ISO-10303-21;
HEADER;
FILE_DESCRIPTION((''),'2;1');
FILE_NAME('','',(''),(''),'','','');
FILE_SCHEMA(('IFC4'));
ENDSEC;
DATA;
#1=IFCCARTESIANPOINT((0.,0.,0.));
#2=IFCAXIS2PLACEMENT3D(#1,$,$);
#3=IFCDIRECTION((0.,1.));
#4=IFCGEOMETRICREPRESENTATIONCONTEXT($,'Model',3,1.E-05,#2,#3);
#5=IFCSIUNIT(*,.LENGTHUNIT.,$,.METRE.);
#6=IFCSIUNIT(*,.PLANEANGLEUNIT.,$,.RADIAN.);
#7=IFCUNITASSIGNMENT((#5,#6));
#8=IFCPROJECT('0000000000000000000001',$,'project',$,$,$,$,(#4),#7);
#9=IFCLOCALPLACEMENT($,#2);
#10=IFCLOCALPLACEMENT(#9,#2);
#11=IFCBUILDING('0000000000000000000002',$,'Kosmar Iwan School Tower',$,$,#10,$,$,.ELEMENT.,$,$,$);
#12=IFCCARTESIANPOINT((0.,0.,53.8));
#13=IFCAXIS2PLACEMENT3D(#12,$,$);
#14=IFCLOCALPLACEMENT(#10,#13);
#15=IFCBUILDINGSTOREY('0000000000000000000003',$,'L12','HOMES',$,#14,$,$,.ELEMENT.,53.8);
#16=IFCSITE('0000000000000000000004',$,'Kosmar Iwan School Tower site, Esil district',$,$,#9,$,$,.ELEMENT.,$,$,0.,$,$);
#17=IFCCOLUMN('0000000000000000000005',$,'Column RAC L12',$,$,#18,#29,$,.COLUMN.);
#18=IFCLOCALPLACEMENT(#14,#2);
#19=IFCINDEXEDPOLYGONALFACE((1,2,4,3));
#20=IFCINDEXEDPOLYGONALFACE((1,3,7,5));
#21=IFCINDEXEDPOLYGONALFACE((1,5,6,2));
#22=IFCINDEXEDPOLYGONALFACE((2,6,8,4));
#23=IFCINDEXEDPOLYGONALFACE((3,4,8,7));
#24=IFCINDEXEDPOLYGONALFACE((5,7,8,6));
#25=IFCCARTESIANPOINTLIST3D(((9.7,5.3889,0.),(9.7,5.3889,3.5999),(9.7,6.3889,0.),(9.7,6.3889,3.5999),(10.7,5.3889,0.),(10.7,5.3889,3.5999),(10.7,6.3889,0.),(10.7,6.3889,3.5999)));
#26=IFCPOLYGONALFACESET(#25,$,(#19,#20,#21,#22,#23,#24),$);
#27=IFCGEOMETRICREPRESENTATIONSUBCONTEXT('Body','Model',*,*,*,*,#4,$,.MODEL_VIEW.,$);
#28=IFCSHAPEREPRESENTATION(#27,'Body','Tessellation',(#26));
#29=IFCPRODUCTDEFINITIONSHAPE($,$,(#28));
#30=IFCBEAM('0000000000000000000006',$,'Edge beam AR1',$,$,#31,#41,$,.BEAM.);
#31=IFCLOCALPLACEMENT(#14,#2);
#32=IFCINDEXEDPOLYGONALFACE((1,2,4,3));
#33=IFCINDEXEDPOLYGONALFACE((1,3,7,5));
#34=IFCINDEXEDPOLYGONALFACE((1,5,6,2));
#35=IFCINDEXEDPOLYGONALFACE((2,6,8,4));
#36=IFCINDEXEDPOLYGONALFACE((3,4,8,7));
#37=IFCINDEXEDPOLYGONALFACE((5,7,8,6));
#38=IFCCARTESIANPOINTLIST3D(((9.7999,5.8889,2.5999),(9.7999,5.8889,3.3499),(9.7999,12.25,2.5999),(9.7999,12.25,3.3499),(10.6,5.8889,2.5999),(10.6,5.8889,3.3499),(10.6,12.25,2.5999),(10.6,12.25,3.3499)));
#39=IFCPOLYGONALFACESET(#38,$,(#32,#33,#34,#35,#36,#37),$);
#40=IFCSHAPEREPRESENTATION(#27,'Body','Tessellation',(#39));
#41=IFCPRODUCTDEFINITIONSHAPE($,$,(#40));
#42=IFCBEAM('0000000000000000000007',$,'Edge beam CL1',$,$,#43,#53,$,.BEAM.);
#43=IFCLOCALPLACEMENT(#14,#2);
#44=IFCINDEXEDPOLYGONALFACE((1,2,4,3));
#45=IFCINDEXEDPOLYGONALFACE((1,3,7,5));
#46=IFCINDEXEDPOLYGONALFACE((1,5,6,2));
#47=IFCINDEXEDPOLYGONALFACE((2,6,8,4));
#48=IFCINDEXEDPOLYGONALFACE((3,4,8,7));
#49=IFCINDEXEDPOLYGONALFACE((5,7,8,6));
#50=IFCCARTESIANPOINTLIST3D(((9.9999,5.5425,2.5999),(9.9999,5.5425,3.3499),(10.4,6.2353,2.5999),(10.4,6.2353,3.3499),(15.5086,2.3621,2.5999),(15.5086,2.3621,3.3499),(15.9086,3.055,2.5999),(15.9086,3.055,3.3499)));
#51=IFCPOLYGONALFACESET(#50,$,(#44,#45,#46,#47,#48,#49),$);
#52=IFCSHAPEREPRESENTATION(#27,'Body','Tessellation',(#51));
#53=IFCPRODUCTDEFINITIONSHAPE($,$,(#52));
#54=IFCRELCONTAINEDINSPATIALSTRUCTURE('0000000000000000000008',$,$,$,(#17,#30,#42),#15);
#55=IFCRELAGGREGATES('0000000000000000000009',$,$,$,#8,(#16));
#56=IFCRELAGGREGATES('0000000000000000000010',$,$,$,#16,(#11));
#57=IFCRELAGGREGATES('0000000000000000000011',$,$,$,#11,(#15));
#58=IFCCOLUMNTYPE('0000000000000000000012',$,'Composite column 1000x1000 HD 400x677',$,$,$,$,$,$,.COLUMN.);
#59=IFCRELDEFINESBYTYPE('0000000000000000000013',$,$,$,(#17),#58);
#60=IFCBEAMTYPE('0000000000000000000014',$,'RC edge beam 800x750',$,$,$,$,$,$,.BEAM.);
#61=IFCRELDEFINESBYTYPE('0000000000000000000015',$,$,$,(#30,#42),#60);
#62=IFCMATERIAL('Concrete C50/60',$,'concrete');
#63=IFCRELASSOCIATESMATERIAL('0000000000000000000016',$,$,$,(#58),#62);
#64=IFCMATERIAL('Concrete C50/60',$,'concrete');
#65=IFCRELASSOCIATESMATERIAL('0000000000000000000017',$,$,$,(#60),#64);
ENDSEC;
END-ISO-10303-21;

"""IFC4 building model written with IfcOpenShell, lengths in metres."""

from ifc_helpers import new_model, si_unit, direction, frame, origin, origin_2d, place, context, subcontext, project, spatial, rectangle, extrude, material, material_profile, profile_set, type_object, element, save


model = new_model("IFC4")

# Units and contexts
model_context = context("Model", 3, precision=1e-05, world=origin(), true_north=direction((0.0, 1.0)))
body_context = subcontext(model_context, "Body", "Model", "MODEL_VIEW")
ifc_project = project(units=[si_unit("LENGTHUNIT", "METRE"), si_unit("PLANEANGLEUNIT", "RADIAN")], contexts=[model_context])

# Site, building, storey
site_placement = place(None, origin())
site = spatial("IfcSite", under=ifc_project, at=site_placement, Name="Kosmar Iwan School Tower site, Esil district", CompositionType="ELEMENT", RefElevation=0.0)
building_placement = place(site_placement, origin())
building = spatial("IfcBuilding", under=site, at=building_placement, Name="Kosmar Iwan School Tower", CompositionType="ELEMENT")
storey_placement = place(building_placement, frame((0.0, 0.0, 53.8)))
storey = spatial("IfcBuildingStorey", under=building, at=storey_placement, Name="L12", Description="HOMES", CompositionType="ELEMENT", Elevation=53.8)

# Column
ifc_material_1 = material(Name="Concrete C50/60", Category="concrete")
ifc_material_profile_1 = material_profile(ifc_material_1, rectangle(XDim=1.0, YDim=1.0, at=origin_2d()), Name="RC 1000x1000 + HD 400x677")
ifc_profile_set_1 = profile_set([ifc_material_profile_1], Name="Concrete C50/60")
column_type = type_object("IfcColumnType", Name="Composite column 1000x1000 HD 400x677", PredefinedType="COLUMN", material=ifc_profile_set_1)
column_placement = place(storey_placement, frame((10.2, 5.8889, 0.0), z_axis=(0.0, 0.0, 1.0), x_axis=(1.0, 0.0, 0.0)))
element("IfcColumn", 1, at=column_placement, inside=storey, type_object=column_type, Name="Column RAC L12", PredefinedType="COLUMN", context=body_context, shape_type="SweptSolid", body=[
    extrude(rectangle(XDim=1.0, YDim=1.0, at=origin_2d()), origin(), (0.0, 0.0, 1.0), 3.5999),
])

# Beams
ifc_material_2 = material(Name="Concrete C50/60", Category="concrete")
ifc_material_profile_2 = material_profile(ifc_material_2, rectangle(XDim=0.8, YDim=0.75, at=origin_2d()), Name="RC 800x750")
ifc_profile_set_2 = profile_set([ifc_material_profile_2], Name="Concrete C50/60")
beam_type = type_object("IfcBeamType", Name="RC edge beam 800x750", PredefinedType="BEAM", material=ifc_profile_set_2)
beam_1_placement = place(storey_placement, frame((10.2, 5.8889, 2.9749), z_axis=(0.0, 1.0, 0.0), x_axis=(-1.0, 0.0, 0.0)))
element("IfcBeam", 2, at=beam_1_placement, inside=storey, type_object=beam_type, Name="Edge beam AR1", PredefinedType="BEAM", context=body_context, shape_type="SweptSolid", body=[
    extrude(rectangle(XDim=0.8, YDim=0.75, at=origin_2d()), origin(), (0.0, 0.0, 1.0), 6.3611),
])
beam_2_placement = place(storey_placement, frame((10.2, 5.8889, 2.9749), z_axis=(0.866031, -0.49999, 0.0), x_axis=(0.49999, 0.866031, 0.0)))
element("IfcBeam", 3, at=beam_2_placement, inside=storey, type_object=beam_type, Name="Edge beam CL1", PredefinedType="BEAM", context=body_context, shape_type="SweptSolid", body=[
    extrude(rectangle(XDim=0.8, YDim=0.75, at=origin_2d()), origin(), (0.0, 0.0, 1.0), 6.3608),
])

save(model, "model.ifc")
